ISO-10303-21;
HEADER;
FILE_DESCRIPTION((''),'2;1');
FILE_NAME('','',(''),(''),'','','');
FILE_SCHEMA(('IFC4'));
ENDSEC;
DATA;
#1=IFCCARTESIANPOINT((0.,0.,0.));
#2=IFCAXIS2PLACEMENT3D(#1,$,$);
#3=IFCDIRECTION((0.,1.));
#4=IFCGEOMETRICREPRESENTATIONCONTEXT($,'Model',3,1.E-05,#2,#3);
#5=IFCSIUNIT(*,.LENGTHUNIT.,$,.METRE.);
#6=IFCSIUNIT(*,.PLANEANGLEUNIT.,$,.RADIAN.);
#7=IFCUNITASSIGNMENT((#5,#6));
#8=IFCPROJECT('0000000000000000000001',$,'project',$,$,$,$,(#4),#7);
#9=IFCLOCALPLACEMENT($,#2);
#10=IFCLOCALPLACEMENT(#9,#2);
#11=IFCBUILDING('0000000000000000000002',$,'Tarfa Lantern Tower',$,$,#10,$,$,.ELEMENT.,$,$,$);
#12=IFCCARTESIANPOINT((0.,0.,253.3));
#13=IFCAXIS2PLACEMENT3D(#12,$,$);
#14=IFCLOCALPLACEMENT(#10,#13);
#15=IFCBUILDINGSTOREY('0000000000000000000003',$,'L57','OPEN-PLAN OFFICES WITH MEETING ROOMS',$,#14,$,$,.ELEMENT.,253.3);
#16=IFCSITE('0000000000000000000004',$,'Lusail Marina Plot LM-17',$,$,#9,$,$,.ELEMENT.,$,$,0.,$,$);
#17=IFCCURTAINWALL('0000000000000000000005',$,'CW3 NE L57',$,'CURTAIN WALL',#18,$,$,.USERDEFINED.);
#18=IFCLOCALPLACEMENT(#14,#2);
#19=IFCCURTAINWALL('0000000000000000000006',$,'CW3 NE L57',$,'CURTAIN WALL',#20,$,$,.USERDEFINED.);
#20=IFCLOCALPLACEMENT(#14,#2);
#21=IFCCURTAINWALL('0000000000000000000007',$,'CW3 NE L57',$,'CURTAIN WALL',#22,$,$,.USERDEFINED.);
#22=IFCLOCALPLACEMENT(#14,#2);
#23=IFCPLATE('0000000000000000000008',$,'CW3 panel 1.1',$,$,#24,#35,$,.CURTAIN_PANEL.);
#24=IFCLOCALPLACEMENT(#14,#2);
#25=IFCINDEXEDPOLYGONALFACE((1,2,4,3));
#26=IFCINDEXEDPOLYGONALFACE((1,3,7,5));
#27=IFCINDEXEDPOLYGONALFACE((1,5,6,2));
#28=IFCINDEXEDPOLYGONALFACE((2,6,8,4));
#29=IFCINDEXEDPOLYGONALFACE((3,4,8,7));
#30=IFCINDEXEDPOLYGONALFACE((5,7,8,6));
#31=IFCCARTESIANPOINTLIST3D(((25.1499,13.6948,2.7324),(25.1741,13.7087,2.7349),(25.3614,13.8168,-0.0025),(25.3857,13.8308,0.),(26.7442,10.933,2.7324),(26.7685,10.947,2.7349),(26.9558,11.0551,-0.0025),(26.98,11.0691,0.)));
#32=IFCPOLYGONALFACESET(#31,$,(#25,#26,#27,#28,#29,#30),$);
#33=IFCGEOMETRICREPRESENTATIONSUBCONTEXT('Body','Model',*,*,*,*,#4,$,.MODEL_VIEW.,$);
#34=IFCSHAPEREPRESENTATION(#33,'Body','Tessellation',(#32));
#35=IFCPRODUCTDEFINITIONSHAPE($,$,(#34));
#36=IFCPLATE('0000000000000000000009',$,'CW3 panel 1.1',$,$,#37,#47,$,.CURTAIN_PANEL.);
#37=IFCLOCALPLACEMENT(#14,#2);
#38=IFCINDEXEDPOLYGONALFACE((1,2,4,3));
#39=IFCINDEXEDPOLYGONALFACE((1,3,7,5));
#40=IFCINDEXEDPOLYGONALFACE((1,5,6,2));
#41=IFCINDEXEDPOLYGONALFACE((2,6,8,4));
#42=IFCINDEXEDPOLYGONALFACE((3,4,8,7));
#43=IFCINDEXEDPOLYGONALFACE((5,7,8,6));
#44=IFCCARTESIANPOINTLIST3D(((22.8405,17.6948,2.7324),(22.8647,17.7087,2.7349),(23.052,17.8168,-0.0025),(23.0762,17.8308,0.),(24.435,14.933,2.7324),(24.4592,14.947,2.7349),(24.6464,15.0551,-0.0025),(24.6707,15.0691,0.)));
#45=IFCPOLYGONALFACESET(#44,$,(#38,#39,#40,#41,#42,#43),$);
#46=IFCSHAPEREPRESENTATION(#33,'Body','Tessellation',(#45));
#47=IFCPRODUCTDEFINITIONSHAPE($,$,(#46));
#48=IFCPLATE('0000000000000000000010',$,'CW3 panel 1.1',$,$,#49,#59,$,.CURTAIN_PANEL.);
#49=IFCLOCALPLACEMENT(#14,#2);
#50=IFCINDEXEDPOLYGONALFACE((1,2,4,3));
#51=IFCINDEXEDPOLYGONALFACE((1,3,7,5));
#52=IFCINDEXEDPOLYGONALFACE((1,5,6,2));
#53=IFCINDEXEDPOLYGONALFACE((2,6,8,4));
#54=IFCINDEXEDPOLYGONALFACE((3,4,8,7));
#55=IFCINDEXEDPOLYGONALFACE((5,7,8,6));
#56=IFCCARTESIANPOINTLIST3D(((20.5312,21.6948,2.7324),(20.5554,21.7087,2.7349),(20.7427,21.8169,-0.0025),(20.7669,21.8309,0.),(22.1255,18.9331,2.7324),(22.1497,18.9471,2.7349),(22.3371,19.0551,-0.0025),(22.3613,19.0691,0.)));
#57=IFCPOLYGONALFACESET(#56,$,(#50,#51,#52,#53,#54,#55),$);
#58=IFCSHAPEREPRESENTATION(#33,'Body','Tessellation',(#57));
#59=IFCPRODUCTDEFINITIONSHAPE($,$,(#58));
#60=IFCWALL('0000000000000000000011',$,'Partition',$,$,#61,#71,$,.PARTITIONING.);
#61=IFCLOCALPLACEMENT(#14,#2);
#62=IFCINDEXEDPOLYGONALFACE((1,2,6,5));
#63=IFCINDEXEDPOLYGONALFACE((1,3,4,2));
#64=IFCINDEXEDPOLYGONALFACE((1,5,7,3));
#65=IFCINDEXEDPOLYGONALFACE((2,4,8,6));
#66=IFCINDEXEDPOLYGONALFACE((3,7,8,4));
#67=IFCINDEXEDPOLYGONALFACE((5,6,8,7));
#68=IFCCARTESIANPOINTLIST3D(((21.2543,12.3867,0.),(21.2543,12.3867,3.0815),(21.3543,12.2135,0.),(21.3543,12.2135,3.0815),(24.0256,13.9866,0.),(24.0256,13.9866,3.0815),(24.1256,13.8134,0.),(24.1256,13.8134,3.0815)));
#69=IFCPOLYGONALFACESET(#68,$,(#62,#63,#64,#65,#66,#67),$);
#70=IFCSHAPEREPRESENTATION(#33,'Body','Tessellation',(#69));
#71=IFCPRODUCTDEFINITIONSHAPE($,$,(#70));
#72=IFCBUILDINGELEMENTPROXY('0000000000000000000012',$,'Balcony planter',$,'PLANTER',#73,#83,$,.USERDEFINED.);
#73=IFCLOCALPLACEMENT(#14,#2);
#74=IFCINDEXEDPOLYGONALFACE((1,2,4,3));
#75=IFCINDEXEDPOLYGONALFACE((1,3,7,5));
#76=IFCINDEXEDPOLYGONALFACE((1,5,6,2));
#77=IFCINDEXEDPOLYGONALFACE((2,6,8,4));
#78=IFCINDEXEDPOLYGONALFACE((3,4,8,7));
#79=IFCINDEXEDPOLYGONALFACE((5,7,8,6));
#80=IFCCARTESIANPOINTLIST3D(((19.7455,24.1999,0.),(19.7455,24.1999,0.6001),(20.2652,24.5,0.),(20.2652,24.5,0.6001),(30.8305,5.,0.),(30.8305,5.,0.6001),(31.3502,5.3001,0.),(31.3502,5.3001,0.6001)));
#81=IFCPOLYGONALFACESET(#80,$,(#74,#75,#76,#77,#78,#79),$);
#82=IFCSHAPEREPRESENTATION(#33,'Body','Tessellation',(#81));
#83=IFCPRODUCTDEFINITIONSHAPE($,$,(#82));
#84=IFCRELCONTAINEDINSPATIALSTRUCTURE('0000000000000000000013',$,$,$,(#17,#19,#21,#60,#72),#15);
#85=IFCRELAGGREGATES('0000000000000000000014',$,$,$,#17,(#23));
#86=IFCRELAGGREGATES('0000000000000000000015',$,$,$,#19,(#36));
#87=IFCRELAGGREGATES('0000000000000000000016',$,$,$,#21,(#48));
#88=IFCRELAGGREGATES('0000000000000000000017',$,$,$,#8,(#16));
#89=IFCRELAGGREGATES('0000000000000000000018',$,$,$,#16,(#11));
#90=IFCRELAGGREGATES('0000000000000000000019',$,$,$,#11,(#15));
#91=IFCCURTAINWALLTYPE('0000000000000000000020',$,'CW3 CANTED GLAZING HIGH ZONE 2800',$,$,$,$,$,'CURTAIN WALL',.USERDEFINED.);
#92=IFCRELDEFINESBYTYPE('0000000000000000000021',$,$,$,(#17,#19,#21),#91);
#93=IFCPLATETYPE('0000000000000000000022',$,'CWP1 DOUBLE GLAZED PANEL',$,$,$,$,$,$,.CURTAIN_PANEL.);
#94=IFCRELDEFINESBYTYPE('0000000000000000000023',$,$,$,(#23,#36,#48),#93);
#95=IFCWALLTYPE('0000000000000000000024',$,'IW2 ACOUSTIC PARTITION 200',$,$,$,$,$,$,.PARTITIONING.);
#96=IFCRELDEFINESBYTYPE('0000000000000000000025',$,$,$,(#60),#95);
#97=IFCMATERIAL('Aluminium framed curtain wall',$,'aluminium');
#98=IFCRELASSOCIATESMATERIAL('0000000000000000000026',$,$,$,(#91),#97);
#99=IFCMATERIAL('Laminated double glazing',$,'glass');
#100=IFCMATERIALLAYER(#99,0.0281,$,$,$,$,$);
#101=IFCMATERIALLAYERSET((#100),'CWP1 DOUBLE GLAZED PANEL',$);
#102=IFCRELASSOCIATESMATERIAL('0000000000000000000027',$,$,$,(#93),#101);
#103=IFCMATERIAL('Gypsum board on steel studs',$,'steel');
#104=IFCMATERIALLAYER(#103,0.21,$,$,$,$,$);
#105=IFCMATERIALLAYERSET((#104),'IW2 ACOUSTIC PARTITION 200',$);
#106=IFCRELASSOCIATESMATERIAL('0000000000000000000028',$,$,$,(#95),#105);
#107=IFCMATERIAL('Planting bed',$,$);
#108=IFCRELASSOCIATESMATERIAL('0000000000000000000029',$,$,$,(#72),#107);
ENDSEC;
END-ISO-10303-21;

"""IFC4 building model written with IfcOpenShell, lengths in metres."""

from ifc_helpers import new_model, si_unit, direction, frame, frame_2d, origin, origin_2d, place, context, subcontext, project, spatial, polyline, rectangle, outline, extrude, material, layer, layer_set, type_object, element, aggregate, save


model = new_model("IFC4")

# Units and contexts
model_context = context("Model", 3, precision=1e-05, world=origin(), true_north=direction((0.0, 1.0)))
body_context = subcontext(model_context, "Body", "Model", "MODEL_VIEW")
ifc_project = project(units=[si_unit("LENGTHUNIT", "METRE"), si_unit("PLANEANGLEUNIT", "RADIAN")], contexts=[model_context])

# Site, building, storey
site_placement = place(None, origin())
site = spatial("IfcSite", under=ifc_project, at=site_placement, Name="Lusail Marina Plot LM-17", CompositionType="ELEMENT", RefElevation=0.0)
building_placement = place(site_placement, origin())
building = spatial("IfcBuilding", under=site, at=building_placement, Name="Tarfa Lantern Tower", CompositionType="ELEMENT")
storey_placement = place(building_placement, frame((0.0, 0.0, 253.3)))
storey = spatial("IfcBuildingStorey", under=building, at=storey_placement, Name="L57", Description="OPEN-PLAN OFFICES WITH MEETING ROOMS", CompositionType="ELEMENT", Elevation=253.3)

# Curtain walls
ifc_material_1 = material(Name="Aluminium framed curtain wall", Category="aluminium")
curtain_wall_type = type_object("IfcCurtainWallType", Name="CW3 CANTED GLAZING HIGH ZONE 2800", ElementType="CURTAIN WALL", PredefinedType="USERDEFINED", material=ifc_material_1)
curtain_wall_1_placement = place(storey_placement, origin())
curtain_wall_1 = element("IfcCurtainWall", 1, at=curtain_wall_1_placement, inside=storey, type_object=curtain_wall_type, Name="CW3 NE L57", ObjectType="CURTAIN WALL", PredefinedType="USERDEFINED")
curtain_wall_2_placement = place(storey_placement, origin())
curtain_wall_2 = element("IfcCurtainWall", 2, at=curtain_wall_2_placement, inside=storey, type_object=curtain_wall_type, Name="CW3 NE L57", ObjectType="CURTAIN WALL", PredefinedType="USERDEFINED")

# Curtain wall
curtain_wall_3_placement = place(storey_placement, origin())
curtain_wall_3 = element("IfcCurtainWall", 3, at=curtain_wall_3_placement, inside=storey, type_object=curtain_wall_type, Name="CW3 NE L57", ObjectType="CURTAIN WALL", PredefinedType="USERDEFINED")

# Plates
ifc_material_2 = material(Name="Laminated double glazing", Category="glass")
ifc_layer_1 = layer(ifc_material_2, 0.0281)
ifc_layer_set_1 = layer_set([ifc_layer_1], Name="CWP1 DOUBLE GLAZED PANEL")
plate_type = type_object("IfcPlateType", Name="CWP1 DOUBLE GLAZED PANEL", PredefinedType="CURTAIN_PANEL", material=ifc_layer_set_1)
plate_1_placement = place(storey_placement, frame((26.98, 11.0691, 0.0), z_axis=(0.862608, 0.49799, 0.088952), x_axis=(-0.499972, 0.866042, -0.000003)))
plate_1 = element("IfcPlate", 4, at=plate_1_placement, type_object=plate_type, Name="CW3 panel 1.1", PredefinedType="CURTAIN_PANEL", context=body_context, shape_type="SweptSolid", body=[
    extrude(outline(polyline([(0.0, 0.0), (3.1888, 0.0), (3.1889, 2.7458), (0.0, 2.7457), (0.0, 0.0)])), origin(), (0.0, 0.0, -1.0), 0.0281),
])
aggregate(curtain_wall_1, [plate_1])
plate_2_placement = place(storey_placement, frame((24.6707, 15.0691, 0.0), z_axis=(0.862595, 0.49802, 0.088914), x_axis=(-0.500001, 0.866025, 0.0)))
plate_2 = element("IfcPlate", 5, at=plate_2_placement, type_object=plate_type, Name="CW3 panel 1.1", PredefinedType="CURTAIN_PANEL", context=body_context, shape_type="SweptSolid", body=[
    extrude(outline(polyline([(0.0, 0.0), (3.189, 0.0), (3.189, 2.7457), (0.0, 2.7457), (0.0, 0.0)])), origin(), (0.0, 0.0, -1.0), 0.0281),
])
aggregate(curtain_wall_2, [plate_2])
plate_3_placement = place(storey_placement, frame((22.3613, 19.0691, 0.0), z_axis=(0.862608, 0.49799, 0.088952), x_axis=(-0.499972, 0.866041, 0.000003)))
plate_3 = element("IfcPlate", 6, at=plate_3_placement, type_object=plate_type, Name="CW3 panel 1.1", PredefinedType="CURTAIN_PANEL", context=body_context, shape_type="SweptSolid", body=[
    extrude(outline(polyline([(0.0, 0.0), (3.189, 0.0), (3.189, 2.7457), (0.0001, 2.7458), (0.0, 0.0)])), origin(), (0.0, 0.0, -1.0), 0.0281),
])
aggregate(curtain_wall_3, [plate_3])

# Wall
ifc_material_3 = material(Name="Gypsum board on steel studs", Category="steel")
ifc_layer_2 = layer(ifc_material_3, 0.21)
ifc_layer_set_2 = layer_set([ifc_layer_2], Name="IW2 ACOUSTIC PARTITION 200")
wall_type = type_object("IfcWallType", Name="IW2 ACOUSTIC PARTITION 200", PredefinedType="PARTITIONING", material=ifc_layer_set_2)
wall_placement = place(storey_placement, frame((21.3042, 12.3, 0.0), z_axis=(0.0, 0.0, 1.0), x_axis=(0.866042, 0.499971, 0.0)))
element("IfcWall", 7, at=wall_placement, inside=storey, type_object=wall_type, Name="Partition", PredefinedType="PARTITIONING", context=body_context, shape_type="SweptSolid", body=[
    extrude(rectangle(XDim=3.2, YDim=0.2, at=frame_2d((1.6001, 0.0))), origin(), (0.0, 0.0, 1.0), 3.0815),
])

# Building element proxy
ifc_material_4 = material(Name="Planting bed")
proxy_placement = place(storey_placement, frame((25.5479, 14.75, 0.0), z_axis=(0.0, 0.0, 1.0), x_axis=(-0.5, 0.866025, 0.0)))
element("IfcBuildingElementProxy", 8, at=proxy_placement, inside=storey, material=ifc_material_4, Name="Balcony planter", ObjectType="PLANTER", PredefinedType="USERDEFINED", context=body_context, shape_type="SweptSolid", body=[
    extrude(rectangle(XDim=22.1702, YDim=0.6001, at=origin_2d()), origin(), (0.0, 0.0, 1.0), 0.6001),
])

save(model, "model.ifc")
